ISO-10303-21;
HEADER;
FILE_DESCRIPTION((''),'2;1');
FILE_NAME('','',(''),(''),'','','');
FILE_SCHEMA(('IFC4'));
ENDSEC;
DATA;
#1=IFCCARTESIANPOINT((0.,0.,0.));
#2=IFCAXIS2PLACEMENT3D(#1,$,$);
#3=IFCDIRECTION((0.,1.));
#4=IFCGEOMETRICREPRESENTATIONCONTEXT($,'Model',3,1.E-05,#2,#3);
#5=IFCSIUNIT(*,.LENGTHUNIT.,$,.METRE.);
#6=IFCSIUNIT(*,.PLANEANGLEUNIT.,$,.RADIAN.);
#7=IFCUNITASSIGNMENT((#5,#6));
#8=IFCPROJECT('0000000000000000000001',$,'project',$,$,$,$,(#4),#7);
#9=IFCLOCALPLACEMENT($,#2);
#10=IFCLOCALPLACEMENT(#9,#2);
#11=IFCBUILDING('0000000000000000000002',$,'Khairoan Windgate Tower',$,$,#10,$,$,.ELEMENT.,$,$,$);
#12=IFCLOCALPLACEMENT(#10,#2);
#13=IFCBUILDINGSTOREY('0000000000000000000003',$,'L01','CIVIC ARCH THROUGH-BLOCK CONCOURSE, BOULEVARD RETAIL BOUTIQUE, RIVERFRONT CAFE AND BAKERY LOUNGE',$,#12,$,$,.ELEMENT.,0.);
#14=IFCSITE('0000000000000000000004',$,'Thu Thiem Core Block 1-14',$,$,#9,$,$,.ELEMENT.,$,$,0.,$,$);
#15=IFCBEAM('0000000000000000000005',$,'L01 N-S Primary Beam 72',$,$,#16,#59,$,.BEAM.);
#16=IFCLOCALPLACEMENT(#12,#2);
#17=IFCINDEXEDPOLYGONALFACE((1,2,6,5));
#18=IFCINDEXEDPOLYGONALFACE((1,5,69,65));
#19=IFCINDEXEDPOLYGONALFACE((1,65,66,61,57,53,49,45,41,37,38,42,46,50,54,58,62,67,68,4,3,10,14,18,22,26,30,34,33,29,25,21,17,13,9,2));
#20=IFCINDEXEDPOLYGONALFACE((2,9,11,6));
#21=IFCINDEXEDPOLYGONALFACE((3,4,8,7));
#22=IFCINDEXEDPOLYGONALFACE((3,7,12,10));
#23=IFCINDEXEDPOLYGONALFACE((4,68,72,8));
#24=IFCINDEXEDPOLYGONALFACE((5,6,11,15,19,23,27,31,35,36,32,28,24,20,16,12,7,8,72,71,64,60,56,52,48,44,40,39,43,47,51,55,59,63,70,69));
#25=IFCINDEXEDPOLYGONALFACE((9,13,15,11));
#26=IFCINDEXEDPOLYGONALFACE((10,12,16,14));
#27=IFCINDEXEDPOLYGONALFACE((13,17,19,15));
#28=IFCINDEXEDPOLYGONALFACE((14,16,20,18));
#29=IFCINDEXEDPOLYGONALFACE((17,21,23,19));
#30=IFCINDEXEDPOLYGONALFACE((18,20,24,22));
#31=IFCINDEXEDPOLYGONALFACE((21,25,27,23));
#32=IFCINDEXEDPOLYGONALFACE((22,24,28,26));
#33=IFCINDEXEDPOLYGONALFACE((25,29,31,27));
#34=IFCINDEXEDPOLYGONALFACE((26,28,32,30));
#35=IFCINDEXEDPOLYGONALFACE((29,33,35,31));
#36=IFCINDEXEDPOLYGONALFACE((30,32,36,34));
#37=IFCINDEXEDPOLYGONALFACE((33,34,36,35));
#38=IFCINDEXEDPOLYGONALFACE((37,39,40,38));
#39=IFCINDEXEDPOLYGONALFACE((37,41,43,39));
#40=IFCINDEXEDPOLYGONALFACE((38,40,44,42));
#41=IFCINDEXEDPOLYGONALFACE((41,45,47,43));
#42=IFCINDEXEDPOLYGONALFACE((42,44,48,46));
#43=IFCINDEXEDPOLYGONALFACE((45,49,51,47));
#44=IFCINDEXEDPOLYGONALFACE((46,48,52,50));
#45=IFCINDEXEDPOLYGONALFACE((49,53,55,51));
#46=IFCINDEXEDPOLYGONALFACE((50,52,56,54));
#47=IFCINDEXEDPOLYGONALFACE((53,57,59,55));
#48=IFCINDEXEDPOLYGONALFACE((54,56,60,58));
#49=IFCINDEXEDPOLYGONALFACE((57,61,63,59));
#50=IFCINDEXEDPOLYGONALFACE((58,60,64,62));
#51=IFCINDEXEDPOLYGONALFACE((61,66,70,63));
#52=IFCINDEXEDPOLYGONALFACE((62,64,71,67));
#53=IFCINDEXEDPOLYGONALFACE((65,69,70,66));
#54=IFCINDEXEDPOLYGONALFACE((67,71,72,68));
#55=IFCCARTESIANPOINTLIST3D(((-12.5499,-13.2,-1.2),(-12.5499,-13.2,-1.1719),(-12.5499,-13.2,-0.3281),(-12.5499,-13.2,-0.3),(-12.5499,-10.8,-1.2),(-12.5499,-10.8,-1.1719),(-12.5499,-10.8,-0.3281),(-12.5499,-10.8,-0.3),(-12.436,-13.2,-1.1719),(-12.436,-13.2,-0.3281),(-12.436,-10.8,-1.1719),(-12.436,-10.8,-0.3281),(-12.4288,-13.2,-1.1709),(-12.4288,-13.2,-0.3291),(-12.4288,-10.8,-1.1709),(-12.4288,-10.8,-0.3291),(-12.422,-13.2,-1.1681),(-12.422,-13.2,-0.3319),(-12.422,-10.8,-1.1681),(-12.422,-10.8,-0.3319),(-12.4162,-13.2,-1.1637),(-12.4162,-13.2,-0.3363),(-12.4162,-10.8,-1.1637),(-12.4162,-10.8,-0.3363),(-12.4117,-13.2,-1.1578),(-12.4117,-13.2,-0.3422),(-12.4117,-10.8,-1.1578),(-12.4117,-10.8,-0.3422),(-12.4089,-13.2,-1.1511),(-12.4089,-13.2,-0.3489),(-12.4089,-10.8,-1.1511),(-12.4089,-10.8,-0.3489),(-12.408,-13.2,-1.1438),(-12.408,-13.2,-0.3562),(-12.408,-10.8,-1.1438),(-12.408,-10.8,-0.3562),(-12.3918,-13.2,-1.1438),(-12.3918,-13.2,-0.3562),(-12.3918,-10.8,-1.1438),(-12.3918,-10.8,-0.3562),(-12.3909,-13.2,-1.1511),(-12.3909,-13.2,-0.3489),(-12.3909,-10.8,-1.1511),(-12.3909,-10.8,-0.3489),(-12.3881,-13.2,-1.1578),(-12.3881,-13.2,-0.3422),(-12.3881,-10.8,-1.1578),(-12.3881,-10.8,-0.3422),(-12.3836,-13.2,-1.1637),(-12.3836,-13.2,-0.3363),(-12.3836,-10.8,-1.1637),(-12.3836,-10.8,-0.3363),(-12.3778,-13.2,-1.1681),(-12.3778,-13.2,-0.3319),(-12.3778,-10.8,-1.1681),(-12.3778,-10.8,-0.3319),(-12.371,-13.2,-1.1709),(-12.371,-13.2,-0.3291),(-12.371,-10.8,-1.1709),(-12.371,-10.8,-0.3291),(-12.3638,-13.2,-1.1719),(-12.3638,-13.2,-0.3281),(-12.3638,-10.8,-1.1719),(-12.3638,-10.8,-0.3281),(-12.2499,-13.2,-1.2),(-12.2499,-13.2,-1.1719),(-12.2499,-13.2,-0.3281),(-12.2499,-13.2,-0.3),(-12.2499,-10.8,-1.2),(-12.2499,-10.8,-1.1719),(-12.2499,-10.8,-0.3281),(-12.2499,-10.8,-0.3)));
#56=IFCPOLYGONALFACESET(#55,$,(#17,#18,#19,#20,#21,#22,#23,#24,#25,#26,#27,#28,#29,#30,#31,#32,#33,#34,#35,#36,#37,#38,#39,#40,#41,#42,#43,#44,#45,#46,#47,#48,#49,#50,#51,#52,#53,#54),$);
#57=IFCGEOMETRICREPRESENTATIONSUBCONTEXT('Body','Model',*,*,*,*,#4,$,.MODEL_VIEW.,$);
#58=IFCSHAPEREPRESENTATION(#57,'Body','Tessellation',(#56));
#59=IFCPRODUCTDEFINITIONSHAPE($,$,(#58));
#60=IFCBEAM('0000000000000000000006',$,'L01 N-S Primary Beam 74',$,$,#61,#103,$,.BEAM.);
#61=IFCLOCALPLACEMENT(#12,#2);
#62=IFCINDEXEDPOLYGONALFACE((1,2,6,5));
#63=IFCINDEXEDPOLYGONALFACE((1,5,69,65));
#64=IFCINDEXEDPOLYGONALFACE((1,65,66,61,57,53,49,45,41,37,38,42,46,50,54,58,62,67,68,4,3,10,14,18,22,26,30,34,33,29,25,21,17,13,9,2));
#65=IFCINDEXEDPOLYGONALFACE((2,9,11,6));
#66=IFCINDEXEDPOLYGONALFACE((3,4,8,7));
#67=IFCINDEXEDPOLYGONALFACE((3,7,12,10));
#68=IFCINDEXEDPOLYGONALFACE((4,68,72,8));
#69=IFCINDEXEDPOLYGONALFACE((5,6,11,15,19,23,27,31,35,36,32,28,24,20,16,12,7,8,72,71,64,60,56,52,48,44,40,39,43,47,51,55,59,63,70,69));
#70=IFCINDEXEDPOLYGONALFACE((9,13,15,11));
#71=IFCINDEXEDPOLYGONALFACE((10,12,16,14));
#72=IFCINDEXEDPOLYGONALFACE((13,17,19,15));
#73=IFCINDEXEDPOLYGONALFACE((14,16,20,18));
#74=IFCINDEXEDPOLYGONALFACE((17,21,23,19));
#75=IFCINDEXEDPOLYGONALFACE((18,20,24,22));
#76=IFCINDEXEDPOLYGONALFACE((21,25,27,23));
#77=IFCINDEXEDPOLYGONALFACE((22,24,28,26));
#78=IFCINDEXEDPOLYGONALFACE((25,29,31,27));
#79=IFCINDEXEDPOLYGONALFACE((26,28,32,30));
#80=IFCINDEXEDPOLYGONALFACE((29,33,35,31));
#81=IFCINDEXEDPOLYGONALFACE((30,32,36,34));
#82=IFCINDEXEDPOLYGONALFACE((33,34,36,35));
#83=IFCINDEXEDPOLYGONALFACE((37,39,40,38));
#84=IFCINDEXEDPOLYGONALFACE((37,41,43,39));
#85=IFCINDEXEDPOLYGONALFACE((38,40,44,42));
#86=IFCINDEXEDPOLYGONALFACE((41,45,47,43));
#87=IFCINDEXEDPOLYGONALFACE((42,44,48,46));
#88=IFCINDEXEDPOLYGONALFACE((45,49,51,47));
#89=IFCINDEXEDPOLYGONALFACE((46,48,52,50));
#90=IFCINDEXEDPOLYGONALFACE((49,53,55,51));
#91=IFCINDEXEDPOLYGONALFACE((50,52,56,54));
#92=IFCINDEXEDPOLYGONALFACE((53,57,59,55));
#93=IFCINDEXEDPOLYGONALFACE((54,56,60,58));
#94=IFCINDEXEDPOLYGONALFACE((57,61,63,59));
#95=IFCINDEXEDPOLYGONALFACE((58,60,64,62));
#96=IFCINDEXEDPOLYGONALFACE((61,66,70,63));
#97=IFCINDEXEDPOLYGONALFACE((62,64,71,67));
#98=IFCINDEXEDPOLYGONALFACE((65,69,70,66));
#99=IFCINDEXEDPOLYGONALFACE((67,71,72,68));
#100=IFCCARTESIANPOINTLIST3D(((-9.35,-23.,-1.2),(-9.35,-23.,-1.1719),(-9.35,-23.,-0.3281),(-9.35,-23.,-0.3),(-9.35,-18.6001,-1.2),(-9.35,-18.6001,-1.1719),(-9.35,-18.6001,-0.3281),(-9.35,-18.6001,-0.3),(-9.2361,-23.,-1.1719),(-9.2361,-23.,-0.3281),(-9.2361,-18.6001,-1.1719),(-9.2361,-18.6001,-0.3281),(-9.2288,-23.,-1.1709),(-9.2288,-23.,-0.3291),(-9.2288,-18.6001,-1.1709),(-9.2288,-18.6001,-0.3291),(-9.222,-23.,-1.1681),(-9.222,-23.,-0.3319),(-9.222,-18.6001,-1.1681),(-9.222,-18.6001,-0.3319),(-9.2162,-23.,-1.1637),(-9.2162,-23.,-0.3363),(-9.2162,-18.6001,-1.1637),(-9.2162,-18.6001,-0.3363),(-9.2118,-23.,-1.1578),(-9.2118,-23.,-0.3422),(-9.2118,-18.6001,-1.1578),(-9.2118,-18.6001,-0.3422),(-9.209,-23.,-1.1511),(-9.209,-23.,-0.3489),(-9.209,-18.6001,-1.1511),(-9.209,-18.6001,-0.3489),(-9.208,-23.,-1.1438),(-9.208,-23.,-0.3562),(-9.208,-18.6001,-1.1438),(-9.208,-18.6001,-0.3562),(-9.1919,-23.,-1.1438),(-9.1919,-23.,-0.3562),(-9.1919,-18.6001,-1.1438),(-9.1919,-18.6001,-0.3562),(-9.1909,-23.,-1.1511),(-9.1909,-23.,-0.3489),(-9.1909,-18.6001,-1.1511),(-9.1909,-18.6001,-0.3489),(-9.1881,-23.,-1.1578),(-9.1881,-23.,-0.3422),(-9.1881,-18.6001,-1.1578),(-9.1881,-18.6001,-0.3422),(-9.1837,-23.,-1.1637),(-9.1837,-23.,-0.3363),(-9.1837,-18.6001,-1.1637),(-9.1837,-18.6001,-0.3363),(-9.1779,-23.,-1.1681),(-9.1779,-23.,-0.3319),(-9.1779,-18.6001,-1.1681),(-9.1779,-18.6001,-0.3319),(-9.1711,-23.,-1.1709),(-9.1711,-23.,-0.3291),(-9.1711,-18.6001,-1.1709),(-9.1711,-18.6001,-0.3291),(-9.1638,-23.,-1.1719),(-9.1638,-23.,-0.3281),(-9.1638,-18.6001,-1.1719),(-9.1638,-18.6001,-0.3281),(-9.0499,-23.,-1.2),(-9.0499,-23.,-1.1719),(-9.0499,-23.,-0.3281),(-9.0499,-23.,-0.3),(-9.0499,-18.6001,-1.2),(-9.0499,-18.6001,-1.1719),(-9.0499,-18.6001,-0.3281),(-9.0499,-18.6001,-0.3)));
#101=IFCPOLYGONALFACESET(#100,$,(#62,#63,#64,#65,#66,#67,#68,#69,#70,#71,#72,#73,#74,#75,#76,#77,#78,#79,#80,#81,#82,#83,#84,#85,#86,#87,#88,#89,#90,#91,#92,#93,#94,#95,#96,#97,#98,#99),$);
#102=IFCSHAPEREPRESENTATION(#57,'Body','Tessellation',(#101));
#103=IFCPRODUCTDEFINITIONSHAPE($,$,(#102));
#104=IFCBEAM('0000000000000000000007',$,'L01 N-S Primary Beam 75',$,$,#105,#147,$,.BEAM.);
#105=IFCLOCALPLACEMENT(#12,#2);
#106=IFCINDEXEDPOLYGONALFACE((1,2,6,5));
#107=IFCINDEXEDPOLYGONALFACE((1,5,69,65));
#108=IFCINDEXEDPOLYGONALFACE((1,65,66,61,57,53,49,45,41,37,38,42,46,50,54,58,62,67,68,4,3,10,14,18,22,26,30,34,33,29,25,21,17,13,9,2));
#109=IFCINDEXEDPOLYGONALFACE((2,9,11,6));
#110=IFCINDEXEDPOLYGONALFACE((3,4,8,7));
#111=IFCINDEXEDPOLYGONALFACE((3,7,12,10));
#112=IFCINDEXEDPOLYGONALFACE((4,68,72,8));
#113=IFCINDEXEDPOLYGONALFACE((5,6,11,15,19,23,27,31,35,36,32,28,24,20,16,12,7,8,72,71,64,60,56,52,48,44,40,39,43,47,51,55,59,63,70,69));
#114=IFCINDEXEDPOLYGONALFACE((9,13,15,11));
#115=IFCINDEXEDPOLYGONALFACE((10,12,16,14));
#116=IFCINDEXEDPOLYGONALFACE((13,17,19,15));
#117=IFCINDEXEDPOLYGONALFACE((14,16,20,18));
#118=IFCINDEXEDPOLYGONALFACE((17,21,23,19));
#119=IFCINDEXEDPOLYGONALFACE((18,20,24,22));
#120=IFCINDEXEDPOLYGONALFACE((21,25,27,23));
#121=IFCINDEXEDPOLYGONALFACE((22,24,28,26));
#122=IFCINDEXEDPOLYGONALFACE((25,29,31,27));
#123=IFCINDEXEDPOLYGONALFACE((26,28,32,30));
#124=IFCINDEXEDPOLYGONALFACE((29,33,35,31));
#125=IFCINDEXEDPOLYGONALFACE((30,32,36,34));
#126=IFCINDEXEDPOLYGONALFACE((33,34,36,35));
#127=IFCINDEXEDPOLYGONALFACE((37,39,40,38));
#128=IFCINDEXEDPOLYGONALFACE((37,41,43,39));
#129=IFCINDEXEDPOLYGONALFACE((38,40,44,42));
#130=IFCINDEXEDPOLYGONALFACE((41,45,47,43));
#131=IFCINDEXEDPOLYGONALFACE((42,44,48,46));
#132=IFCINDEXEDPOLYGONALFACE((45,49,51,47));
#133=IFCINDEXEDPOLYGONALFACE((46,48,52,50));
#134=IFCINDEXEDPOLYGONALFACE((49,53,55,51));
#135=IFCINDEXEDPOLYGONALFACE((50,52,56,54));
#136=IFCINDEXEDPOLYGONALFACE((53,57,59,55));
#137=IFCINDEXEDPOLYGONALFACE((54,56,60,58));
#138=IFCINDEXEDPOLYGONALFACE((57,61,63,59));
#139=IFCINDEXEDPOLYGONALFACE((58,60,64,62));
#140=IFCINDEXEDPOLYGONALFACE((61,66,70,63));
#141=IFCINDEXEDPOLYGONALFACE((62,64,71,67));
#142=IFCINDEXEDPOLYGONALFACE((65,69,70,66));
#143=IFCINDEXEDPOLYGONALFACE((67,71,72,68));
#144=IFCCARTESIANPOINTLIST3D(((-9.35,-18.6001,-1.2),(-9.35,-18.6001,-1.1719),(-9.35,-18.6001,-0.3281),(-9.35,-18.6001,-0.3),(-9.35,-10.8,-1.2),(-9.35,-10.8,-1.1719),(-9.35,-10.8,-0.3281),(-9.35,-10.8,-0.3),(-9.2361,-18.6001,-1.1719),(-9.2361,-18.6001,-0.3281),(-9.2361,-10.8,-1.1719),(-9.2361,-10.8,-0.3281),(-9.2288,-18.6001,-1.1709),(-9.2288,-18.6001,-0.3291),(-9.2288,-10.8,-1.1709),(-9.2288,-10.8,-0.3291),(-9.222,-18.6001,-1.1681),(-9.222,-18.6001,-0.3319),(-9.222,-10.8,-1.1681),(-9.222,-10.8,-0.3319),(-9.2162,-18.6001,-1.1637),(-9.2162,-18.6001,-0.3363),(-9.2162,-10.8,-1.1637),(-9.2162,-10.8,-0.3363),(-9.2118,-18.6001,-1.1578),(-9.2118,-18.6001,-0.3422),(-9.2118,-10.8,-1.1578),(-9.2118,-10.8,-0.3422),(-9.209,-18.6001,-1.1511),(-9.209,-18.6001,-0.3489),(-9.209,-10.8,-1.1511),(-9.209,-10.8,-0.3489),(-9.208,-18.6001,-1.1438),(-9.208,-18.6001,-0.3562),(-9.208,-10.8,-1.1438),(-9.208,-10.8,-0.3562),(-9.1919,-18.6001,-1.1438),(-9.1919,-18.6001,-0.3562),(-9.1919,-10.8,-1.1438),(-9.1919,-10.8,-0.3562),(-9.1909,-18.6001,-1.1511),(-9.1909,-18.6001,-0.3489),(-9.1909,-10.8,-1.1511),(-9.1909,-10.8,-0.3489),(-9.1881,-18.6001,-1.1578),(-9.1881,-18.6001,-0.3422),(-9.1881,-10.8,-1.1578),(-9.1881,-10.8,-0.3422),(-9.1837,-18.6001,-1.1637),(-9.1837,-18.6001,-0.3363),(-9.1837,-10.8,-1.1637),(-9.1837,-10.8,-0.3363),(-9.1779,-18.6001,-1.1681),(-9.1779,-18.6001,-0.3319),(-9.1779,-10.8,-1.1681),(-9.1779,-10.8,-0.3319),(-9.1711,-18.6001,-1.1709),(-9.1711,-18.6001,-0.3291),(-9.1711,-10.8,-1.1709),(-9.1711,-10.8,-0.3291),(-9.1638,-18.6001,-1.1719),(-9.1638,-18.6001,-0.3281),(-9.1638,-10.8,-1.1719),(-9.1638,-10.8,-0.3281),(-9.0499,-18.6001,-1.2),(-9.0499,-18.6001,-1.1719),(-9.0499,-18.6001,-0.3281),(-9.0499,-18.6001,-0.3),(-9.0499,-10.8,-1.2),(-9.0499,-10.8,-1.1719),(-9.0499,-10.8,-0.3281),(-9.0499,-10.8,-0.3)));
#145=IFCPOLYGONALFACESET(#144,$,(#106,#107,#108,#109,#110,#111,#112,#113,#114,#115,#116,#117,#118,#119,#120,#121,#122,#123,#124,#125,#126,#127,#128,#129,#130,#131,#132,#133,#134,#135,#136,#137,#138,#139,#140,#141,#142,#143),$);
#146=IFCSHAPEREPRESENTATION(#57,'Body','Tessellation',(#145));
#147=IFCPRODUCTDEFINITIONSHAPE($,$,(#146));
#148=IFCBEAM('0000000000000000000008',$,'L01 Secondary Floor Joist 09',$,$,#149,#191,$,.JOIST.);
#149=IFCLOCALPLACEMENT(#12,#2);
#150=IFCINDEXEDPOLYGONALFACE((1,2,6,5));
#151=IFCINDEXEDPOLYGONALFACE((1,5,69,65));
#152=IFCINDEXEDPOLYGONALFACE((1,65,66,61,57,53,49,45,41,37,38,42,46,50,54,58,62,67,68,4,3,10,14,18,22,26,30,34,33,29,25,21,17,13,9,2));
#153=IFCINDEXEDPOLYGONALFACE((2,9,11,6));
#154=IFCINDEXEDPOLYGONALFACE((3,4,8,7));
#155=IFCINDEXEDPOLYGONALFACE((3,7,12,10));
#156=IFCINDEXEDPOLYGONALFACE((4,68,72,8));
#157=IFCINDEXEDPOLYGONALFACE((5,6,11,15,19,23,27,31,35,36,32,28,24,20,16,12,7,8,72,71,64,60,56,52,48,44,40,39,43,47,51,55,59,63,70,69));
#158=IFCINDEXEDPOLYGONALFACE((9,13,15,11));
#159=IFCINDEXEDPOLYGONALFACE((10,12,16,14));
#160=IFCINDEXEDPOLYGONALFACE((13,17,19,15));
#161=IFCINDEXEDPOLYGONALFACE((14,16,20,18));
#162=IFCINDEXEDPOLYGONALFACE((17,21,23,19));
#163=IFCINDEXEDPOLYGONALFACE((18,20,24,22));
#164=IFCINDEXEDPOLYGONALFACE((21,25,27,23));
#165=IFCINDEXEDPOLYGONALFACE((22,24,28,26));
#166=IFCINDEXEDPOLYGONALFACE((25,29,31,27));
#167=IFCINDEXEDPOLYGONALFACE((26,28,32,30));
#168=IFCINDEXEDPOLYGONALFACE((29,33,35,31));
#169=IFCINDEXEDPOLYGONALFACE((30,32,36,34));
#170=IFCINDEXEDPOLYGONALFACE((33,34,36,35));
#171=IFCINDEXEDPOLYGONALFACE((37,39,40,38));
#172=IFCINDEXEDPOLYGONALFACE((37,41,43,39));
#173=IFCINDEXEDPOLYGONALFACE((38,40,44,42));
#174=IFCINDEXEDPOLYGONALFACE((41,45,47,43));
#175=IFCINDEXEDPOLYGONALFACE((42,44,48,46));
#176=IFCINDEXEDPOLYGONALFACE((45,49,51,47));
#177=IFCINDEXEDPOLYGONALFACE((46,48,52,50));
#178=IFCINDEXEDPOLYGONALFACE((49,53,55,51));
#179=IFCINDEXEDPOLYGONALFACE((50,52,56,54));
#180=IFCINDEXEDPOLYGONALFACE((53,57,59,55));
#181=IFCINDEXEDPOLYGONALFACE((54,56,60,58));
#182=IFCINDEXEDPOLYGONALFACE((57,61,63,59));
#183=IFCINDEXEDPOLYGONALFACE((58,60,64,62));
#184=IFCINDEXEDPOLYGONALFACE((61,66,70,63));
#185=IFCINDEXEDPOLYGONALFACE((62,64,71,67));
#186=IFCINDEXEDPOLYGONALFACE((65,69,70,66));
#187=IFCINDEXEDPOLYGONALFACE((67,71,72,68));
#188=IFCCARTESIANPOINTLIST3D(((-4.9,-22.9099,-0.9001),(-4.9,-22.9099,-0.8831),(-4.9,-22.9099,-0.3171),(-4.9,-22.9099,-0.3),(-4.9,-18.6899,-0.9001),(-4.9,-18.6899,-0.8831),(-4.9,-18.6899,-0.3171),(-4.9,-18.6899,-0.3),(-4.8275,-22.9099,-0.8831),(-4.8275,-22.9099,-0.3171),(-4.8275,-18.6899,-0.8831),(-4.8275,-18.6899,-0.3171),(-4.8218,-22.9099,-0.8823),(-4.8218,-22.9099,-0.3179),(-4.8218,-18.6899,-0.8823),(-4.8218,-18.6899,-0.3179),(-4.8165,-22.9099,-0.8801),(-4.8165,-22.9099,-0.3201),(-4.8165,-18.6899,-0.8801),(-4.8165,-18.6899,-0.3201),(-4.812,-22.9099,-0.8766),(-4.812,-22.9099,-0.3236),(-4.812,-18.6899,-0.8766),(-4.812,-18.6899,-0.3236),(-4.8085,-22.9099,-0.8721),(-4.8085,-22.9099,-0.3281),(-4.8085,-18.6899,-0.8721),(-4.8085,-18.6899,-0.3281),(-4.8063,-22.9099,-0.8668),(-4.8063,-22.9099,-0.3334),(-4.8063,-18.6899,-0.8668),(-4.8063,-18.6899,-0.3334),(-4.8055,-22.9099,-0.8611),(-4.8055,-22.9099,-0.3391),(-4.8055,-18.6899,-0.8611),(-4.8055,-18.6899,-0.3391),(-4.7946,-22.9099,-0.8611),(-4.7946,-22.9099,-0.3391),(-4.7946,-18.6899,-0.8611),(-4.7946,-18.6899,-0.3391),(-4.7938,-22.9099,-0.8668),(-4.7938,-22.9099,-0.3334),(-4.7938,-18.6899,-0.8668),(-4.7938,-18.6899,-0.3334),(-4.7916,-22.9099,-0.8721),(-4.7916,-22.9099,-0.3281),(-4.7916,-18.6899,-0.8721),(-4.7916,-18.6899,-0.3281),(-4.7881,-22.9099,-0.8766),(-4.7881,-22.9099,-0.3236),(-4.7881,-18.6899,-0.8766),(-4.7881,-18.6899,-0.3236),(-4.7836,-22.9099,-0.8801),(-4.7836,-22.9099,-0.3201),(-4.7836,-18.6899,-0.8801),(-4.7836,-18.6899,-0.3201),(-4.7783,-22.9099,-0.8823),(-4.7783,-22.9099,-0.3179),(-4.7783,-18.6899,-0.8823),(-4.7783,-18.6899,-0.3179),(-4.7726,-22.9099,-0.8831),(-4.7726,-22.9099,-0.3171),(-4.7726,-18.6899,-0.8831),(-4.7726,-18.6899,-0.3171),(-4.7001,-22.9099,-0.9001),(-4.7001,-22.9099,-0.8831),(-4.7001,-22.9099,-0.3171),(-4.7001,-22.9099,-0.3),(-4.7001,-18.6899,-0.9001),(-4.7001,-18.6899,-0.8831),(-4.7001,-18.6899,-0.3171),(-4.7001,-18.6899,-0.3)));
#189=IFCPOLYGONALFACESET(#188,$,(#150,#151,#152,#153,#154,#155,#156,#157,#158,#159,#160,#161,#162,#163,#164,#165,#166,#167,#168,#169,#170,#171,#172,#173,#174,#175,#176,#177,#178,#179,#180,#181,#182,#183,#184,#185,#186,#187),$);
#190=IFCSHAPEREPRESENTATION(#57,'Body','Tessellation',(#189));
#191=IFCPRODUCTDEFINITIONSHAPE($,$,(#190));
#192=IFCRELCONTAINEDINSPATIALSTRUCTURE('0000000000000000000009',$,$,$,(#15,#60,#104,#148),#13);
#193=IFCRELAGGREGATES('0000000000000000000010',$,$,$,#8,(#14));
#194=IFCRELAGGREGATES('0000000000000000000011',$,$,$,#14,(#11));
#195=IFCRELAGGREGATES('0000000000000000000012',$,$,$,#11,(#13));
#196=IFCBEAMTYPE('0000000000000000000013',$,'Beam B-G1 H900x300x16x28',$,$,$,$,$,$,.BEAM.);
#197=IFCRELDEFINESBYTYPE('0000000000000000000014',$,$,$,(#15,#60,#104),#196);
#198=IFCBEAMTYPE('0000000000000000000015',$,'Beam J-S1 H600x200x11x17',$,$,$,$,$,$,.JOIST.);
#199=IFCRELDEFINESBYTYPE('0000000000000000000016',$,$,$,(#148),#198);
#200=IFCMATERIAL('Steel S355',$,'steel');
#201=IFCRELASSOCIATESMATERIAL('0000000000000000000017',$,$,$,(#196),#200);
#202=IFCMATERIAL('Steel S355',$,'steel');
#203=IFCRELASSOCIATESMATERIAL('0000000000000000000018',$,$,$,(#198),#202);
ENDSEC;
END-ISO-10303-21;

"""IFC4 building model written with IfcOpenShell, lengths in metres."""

from ifc_helpers import new_model, si_unit, direction, frame, origin, origin_2d, place, context, subcontext, project, spatial, i_section, extrude, material, material_profile, profile_set, type_object, element, save


model = new_model("IFC4")

# Units and contexts
model_context = context("Model", 3, precision=1e-05, world=origin(), true_north=direction((0.0, 1.0)))
body_context = subcontext(model_context, "Body", "Model", "MODEL_VIEW")
ifc_project = project(units=[si_unit("LENGTHUNIT", "METRE"), si_unit("PLANEANGLEUNIT", "RADIAN")], contexts=[model_context])

# Site, building, storey
site_placement = place(None, origin())
site = spatial("IfcSite", under=ifc_project, at=site_placement, Name="Thu Thiem Core Block 1-14", CompositionType="ELEMENT", RefElevation=0.0)
building_placement = place(site_placement, origin())
building = spatial("IfcBuilding", under=site, at=building_placement, Name="Khairoan Windgate Tower", CompositionType="ELEMENT")
storey_placement = place(building_placement, origin())
storey = spatial("IfcBuildingStorey", under=building, at=storey_placement, Name="L01", Description="CIVIC ARCH THROUGH-BLOCK CONCOURSE, BOULEVARD RETAIL BOUTIQUE, RIVERFRONT CAFE AND BAKERY LOUNGE", CompositionType="ELEMENT", Elevation=0.0)

# Beams
ifc_material_1 = material(Name="Steel S355", Category="steel")
ifc_material_profile_1 = material_profile(ifc_material_1, i_section(OverallWidth=0.3, OverallDepth=0.8999, WebThickness=0.0161, FlangeThickness=0.0281, FilletRadius=0.0281, at=origin_2d()))
ifc_profile_set_1 = profile_set([ifc_material_profile_1], Name="Steel S355")
beam_type_1 = type_object("IfcBeamType", Name="Beam B-G1 H900x300x16x28", PredefinedType="BEAM", material=ifc_profile_set_1)
beam_1_placement = place(storey_placement, frame((-12.3999, -13.2, -0.75), z_axis=(0.0, 1.0, 0.0), x_axis=(-1.0, 0.0, 0.0)))
element("IfcBeam", 1, at=beam_1_placement, inside=storey, type_object=beam_type_1, Name="L01 N-S Primary Beam 72", PredefinedType="BEAM", context=body_context, shape_type="SweptSolid", body=[
    extrude(i_section(OverallWidth=0.3, OverallDepth=0.8999, WebThickness=0.0161, FlangeThickness=0.0281, FilletRadius=0.0281, at=origin_2d()), origin(), (0.0, 0.0, 1.0), 2.3999),
])
beam_2_placement = place(storey_placement, frame((-9.2, -23.0, -0.75), z_axis=(0.0, 1.0, 0.0), x_axis=(-1.0, 0.0, 0.0)))
element("IfcBeam", 2, at=beam_2_placement, inside=storey, type_object=beam_type_1, Name="L01 N-S Primary Beam 74", PredefinedType="BEAM", context=body_context, shape_type="SweptSolid", body=[
    extrude(i_section(OverallWidth=0.3, OverallDepth=0.8999, WebThickness=0.0161, FlangeThickness=0.0281, FilletRadius=0.0281, at=origin_2d()), origin(), (0.0, 0.0, 1.0), 4.3999),
])
beam_3_placement = place(storey_placement, frame((-9.2, -18.6001, -0.75), z_axis=(0.0, 1.0, 0.0), x_axis=(-1.0, 0.0, 0.0)))
element("IfcBeam", 3, at=beam_3_placement, inside=storey, type_object=beam_type_1, Name="L01 N-S Primary Beam 75", PredefinedType="BEAM", context=body_context, shape_type="SweptSolid", body=[
    extrude(i_section(OverallWidth=0.3, OverallDepth=0.8999, WebThickness=0.0161, FlangeThickness=0.0281, FilletRadius=0.0281, at=origin_2d()), origin(), (0.0, 0.0, 1.0), 7.8),
])
ifc_material_2 = material(Name="Steel S355", Category="steel")
ifc_material_profile_2 = material_profile(ifc_material_2, i_section(OverallWidth=0.2, OverallDepth=0.6001, WebThickness=0.011, FlangeThickness=0.0171, FilletRadius=0.022, at=origin_2d()))
ifc_profile_set_2 = profile_set([ifc_material_profile_2], Name="Steel S355")
beam_type_2 = type_object("IfcBeamType", Name="Beam J-S1 H600x200x11x17", PredefinedType="JOIST", material=ifc_profile_set_2)
beam_4_placement = place(storey_placement, frame((-4.8, -22.9099, -0.6001), z_axis=(0.0, 1.0, 0.0), x_axis=(-1.0, 0.0, 0.0)))
element("IfcBeam", 4, at=beam_4_placement, inside=storey, type_object=beam_type_2, Name="L01 Secondary Floor Joist 09", PredefinedType="JOIST", context=body_context, shape_type="SweptSolid", body=[
    extrude(i_section(OverallWidth=0.2, OverallDepth=0.6001, WebThickness=0.011, FlangeThickness=0.0171, FilletRadius=0.022, at=origin_2d()), origin(), (0.0, 0.0, 1.0), 4.22),
])

save(model, "model.ifc")
